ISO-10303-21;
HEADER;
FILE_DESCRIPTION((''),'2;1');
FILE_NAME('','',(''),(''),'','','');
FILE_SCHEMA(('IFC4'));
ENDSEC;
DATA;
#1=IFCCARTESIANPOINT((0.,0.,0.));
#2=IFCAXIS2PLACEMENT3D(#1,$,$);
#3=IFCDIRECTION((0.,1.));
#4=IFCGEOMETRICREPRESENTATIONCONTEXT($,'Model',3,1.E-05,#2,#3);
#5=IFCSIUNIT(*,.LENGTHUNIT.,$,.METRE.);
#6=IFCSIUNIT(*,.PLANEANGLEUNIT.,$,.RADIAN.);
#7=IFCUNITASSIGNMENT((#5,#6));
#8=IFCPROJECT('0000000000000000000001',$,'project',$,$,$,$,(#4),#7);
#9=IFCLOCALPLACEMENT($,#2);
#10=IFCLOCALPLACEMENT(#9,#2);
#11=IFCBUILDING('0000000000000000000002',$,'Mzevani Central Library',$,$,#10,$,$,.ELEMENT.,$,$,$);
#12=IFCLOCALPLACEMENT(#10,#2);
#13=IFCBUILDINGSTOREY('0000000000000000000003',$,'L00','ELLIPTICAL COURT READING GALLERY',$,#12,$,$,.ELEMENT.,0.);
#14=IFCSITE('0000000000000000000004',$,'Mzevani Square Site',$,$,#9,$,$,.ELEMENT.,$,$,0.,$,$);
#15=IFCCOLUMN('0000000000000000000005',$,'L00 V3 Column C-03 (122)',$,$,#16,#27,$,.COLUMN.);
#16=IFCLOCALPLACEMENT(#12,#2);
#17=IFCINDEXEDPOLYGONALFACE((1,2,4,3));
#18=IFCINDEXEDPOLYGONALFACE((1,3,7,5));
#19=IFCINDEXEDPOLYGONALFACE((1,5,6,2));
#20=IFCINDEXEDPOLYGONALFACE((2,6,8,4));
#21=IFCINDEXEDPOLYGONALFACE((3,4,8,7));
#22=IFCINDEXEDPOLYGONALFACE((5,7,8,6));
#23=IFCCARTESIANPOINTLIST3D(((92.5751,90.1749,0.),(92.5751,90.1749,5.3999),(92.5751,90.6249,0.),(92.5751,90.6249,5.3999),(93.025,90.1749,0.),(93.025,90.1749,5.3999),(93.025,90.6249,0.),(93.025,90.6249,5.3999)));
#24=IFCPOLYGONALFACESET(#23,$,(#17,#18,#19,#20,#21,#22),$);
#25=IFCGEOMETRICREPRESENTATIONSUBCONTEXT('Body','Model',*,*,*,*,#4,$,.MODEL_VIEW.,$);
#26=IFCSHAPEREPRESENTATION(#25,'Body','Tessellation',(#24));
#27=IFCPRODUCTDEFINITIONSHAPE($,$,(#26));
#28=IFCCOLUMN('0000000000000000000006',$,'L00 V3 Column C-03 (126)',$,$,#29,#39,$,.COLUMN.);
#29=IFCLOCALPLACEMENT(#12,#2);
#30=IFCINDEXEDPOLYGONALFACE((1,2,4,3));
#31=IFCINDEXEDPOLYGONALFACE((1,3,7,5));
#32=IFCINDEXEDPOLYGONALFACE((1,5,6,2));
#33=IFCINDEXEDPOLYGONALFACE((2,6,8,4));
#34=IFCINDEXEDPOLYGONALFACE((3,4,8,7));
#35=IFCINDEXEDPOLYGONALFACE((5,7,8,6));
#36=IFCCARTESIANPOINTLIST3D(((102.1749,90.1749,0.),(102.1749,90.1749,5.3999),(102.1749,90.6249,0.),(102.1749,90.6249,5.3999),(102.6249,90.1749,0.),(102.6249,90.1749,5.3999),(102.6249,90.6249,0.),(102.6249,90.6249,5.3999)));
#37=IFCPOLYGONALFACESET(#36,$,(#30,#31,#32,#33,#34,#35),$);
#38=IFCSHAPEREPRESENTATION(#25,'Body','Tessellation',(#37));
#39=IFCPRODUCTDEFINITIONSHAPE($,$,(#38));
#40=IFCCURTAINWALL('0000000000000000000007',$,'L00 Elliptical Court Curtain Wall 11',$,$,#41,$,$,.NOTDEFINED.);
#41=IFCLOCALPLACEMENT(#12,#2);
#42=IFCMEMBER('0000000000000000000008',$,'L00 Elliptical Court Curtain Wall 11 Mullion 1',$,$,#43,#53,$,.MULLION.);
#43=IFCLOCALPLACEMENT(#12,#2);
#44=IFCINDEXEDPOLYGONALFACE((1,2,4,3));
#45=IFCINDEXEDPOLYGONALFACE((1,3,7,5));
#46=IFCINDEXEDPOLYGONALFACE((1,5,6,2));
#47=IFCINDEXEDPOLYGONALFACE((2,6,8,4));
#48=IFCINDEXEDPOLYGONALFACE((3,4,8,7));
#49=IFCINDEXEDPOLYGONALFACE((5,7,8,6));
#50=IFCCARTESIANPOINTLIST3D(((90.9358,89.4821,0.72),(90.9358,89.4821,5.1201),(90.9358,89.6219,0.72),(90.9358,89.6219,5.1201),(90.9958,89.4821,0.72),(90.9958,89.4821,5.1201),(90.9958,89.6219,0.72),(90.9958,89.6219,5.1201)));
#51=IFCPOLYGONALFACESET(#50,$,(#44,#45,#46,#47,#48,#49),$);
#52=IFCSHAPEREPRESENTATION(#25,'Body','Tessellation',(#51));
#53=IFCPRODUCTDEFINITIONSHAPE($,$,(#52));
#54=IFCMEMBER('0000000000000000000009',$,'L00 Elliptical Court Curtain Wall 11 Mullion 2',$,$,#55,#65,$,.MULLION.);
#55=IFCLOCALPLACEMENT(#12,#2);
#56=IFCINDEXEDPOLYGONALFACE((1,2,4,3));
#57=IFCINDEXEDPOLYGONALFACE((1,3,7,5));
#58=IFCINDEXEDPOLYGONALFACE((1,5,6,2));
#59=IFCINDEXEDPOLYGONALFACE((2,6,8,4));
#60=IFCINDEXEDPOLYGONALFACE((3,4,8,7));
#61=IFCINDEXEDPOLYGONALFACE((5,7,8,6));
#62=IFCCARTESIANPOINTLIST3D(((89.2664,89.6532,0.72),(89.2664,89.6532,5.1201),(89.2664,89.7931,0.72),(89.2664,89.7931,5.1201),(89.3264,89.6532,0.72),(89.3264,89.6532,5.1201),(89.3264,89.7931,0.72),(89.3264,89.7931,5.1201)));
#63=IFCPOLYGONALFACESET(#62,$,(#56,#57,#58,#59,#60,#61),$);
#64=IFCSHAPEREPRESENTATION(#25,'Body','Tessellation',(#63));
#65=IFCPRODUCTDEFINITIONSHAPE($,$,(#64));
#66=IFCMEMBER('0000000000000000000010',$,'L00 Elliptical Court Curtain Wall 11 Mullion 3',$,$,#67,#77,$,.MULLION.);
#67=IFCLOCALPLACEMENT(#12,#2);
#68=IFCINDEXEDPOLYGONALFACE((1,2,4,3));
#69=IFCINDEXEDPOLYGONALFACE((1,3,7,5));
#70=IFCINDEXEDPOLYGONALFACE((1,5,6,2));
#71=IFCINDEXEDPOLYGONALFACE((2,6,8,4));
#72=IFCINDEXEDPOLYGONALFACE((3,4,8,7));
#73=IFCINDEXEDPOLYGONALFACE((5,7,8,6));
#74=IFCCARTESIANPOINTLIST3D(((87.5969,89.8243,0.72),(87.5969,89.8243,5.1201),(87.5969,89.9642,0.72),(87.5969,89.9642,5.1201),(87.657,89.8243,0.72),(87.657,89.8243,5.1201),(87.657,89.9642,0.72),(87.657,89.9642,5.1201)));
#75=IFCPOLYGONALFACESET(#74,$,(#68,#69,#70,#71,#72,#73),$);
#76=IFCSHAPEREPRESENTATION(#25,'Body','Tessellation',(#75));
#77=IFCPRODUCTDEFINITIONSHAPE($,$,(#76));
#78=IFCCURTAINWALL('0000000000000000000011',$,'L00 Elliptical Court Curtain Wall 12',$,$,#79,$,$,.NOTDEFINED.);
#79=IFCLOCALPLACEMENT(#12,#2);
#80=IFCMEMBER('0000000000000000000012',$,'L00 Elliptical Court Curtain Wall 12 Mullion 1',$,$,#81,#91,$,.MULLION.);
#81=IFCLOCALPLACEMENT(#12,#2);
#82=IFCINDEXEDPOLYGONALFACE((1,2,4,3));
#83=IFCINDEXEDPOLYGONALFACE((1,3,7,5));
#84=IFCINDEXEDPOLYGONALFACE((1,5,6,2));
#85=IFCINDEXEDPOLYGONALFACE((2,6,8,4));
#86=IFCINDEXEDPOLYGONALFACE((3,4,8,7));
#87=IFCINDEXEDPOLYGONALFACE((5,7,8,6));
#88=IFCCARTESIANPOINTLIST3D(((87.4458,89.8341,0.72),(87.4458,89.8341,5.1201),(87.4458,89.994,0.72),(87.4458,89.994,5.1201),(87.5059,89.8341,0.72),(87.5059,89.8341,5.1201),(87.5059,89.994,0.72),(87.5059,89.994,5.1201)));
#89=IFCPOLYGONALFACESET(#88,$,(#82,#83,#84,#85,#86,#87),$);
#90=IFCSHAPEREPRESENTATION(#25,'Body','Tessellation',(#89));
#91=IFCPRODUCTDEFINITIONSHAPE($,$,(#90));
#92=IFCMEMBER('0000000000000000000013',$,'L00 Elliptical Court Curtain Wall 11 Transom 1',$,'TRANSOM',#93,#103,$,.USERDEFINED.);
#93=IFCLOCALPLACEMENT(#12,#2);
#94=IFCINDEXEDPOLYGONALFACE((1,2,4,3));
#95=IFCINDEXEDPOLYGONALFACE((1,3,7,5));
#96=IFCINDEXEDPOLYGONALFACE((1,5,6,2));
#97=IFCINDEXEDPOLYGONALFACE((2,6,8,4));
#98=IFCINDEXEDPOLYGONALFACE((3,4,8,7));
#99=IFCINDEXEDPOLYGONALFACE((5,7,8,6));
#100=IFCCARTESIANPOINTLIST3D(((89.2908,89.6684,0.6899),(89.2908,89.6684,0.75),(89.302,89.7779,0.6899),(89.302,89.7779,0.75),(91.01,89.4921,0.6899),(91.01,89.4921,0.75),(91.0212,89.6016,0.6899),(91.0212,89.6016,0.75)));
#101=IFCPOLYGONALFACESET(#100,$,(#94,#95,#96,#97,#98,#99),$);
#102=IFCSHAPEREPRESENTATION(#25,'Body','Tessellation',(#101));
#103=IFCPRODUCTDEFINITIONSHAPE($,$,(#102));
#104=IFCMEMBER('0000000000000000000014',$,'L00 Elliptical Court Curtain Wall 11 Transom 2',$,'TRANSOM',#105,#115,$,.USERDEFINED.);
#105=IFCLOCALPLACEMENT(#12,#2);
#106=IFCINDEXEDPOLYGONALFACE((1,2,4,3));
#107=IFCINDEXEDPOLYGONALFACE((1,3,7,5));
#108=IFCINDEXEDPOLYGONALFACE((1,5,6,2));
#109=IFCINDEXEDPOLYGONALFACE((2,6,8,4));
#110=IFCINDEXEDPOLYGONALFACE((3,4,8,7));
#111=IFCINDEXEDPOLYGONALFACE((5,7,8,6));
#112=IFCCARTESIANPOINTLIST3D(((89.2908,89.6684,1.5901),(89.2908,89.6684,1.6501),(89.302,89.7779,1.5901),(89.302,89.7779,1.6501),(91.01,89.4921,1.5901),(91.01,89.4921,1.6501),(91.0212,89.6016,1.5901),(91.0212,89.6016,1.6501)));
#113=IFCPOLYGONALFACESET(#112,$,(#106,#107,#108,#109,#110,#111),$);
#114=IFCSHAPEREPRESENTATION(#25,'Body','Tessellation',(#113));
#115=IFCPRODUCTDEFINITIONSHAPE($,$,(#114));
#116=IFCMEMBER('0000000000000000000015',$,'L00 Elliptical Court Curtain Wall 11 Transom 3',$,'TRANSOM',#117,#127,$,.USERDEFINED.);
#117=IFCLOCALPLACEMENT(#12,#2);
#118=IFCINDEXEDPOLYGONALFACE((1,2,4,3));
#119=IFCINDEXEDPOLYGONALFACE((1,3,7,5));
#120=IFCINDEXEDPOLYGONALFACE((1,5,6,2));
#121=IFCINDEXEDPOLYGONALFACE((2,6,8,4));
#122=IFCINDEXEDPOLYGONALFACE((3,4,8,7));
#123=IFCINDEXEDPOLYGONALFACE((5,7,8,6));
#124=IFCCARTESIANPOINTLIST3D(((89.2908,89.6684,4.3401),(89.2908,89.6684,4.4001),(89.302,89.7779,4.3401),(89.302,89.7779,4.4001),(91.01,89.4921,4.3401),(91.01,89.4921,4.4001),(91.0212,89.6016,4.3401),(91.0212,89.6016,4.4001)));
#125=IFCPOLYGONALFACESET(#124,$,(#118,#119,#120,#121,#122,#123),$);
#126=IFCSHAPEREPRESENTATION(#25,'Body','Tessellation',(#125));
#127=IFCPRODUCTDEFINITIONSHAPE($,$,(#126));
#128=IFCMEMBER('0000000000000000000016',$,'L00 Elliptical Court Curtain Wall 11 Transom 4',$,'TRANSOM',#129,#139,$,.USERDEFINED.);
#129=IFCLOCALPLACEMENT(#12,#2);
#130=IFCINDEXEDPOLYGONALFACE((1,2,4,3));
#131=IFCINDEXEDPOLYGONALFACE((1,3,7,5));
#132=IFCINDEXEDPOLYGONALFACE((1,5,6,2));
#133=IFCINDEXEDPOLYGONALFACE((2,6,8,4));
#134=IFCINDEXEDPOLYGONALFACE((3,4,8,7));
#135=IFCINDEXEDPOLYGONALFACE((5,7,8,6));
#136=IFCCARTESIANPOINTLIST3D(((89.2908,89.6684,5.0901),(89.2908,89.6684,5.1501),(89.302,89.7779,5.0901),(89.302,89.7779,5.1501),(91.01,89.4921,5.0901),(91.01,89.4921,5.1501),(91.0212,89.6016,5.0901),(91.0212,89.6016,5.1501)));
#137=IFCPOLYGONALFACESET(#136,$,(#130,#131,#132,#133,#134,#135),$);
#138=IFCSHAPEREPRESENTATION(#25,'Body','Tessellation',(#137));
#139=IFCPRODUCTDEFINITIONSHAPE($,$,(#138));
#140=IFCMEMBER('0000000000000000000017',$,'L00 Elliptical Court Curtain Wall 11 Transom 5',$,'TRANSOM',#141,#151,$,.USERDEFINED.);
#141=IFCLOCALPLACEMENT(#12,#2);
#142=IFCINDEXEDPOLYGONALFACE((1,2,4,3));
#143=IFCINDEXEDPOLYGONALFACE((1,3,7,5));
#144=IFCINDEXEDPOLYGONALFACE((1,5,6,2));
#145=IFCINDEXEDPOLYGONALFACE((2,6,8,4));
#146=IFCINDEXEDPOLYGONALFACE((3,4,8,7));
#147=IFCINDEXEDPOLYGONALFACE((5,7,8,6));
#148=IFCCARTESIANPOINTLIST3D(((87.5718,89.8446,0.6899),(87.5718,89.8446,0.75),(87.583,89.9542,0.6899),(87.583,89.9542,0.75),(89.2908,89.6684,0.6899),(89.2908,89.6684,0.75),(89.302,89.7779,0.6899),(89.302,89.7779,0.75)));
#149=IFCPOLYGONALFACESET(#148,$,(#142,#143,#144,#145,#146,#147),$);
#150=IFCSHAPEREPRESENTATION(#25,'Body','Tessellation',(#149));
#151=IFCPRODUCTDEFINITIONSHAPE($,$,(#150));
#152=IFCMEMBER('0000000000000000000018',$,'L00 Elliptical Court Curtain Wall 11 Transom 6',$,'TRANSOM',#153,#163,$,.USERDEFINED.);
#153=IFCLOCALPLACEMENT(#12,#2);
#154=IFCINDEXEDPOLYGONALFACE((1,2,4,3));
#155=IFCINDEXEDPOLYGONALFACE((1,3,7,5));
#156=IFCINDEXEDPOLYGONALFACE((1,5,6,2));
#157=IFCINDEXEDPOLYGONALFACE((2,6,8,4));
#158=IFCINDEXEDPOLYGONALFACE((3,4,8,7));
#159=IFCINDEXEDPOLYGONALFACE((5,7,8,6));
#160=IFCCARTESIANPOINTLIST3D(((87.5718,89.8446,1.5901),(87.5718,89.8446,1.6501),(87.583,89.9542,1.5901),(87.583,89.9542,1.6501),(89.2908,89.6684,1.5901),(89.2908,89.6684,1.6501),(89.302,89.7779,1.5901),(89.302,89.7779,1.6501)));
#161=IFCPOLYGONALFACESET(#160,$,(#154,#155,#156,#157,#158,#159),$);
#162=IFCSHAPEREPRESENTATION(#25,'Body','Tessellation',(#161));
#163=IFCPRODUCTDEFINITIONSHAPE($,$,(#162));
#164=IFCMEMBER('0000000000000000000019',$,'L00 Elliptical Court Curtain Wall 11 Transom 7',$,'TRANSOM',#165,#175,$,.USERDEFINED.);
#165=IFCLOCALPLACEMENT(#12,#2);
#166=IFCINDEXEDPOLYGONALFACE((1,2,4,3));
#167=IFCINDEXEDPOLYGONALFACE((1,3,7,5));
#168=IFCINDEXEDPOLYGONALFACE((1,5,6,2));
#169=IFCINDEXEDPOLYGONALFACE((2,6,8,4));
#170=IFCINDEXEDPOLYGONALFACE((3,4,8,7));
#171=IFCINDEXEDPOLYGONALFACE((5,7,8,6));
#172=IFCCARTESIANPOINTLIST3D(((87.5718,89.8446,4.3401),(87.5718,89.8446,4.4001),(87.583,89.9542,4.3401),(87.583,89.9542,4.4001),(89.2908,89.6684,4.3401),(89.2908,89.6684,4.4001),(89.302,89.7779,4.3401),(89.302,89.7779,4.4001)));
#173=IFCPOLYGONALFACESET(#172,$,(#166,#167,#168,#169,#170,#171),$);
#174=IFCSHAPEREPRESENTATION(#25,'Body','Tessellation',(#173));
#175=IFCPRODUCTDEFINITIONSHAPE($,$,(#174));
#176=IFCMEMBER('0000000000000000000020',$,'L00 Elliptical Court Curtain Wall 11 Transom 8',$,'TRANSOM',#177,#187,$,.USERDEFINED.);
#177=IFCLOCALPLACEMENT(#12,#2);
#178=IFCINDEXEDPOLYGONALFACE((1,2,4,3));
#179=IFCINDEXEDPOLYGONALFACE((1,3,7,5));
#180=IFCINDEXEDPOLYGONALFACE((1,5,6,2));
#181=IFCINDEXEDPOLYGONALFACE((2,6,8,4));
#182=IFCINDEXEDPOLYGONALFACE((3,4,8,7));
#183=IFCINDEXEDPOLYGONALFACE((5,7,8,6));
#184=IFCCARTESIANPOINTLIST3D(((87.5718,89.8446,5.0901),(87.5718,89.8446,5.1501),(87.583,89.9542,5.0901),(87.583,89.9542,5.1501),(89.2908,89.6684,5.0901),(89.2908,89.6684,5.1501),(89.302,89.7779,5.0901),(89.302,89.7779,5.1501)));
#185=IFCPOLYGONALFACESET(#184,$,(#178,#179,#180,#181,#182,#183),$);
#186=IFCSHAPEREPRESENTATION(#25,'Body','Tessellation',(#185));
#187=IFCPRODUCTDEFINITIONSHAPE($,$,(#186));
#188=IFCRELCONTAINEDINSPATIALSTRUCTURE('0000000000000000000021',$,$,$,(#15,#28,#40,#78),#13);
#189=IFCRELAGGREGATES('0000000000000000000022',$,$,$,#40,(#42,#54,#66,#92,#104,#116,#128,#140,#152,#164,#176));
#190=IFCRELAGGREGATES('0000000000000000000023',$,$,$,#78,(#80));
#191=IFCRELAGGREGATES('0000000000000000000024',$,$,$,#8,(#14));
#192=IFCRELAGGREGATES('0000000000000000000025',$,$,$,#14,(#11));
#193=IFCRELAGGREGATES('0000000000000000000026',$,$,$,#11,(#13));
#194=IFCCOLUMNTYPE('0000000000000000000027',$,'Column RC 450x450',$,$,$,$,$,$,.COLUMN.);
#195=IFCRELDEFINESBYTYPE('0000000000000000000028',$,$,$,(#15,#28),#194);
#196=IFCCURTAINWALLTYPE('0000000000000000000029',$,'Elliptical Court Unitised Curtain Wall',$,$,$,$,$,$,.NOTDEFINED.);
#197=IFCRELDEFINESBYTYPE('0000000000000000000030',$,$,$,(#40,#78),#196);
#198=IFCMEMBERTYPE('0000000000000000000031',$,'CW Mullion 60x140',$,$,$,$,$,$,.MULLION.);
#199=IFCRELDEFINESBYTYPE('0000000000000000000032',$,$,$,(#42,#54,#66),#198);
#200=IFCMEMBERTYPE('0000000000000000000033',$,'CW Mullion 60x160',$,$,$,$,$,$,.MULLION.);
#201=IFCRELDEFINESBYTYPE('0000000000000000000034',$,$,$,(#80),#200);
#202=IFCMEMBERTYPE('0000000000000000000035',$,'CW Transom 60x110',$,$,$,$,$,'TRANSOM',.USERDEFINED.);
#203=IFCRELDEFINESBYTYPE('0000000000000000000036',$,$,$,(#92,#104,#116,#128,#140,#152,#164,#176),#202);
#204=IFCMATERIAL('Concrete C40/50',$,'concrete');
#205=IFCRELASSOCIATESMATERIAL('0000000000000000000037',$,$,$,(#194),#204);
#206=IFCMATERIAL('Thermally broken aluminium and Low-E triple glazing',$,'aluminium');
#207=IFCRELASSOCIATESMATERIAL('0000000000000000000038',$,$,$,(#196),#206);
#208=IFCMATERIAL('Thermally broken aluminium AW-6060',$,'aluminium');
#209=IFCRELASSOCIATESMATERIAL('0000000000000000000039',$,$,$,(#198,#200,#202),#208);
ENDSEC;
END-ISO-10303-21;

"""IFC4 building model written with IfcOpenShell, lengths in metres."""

from ifc_helpers import new_model, si_unit, direction, frame, origin, origin_2d, place, context, subcontext, project, spatial, rectangle, extrude, material, material_profile, profile_set, type_object, element, aggregate, save


model = new_model("IFC4")

# Units and contexts
model_context = context("Model", 3, precision=1e-05, world=origin(), true_north=direction((0.0, 1.0)))
body_context = subcontext(model_context, "Body", "Model", "MODEL_VIEW")
ifc_project = project(units=[si_unit("LENGTHUNIT", "METRE"), si_unit("PLANEANGLEUNIT", "RADIAN")], contexts=[model_context])

# Site, building, storey
site_placement = place(None, origin())
site = spatial("IfcSite", under=ifc_project, at=site_placement, Name="Mzevani Square Site", CompositionType="ELEMENT", RefElevation=0.0)
building_placement = place(site_placement, origin())
building = spatial("IfcBuilding", under=site, at=building_placement, Name="Mzevani Central Library", CompositionType="ELEMENT")
storey_placement = place(building_placement, origin())
storey = spatial("IfcBuildingStorey", under=building, at=storey_placement, Name="L00", Description="ELLIPTICAL COURT READING GALLERY", CompositionType="ELEMENT", Elevation=0.0)

# Columns
ifc_material_1 = material(Name="Concrete C40/50", Category="concrete")
ifc_material_profile_1 = material_profile(ifc_material_1, rectangle(XDim=0.45, YDim=0.45, at=origin_2d()), Name="RC 450x450")
ifc_profile_set_1 = profile_set([ifc_material_profile_1], Name="Concrete C40/50")
column_type = type_object("IfcColumnType", Name="Column RC 450x450", PredefinedType="COLUMN", material=ifc_profile_set_1)
for number, where, z_axis, x_axis, name in (
    (1, (92.8, 90.3999, 0.0), (0.0, 0.0, 1.0), (1.0, 0.0, 0.0), "L00 V3 Column C-03 (122)"),
    (2, (102.3999, 90.3999, 0.0), (0.0, 0.0, 1.0), (1.0, 0.0, 0.0), "L00 V3 Column C-03 (126)"),
):
    element("IfcColumn", number, at=place(storey_placement, frame(where, z_axis=z_axis, x_axis=x_axis)), inside=storey, type_object=column_type, Name=name, PredefinedType="COLUMN", context=body_context, shape_type="SweptSolid", body=[
        extrude(rectangle(XDim=0.45, YDim=0.45, at=origin_2d()), origin(), (0.0, 0.0, 1.0), 5.3999),
    ])

# Curtain wall, members
ifc_material_2 = material(Name="Thermally broken aluminium and Low-E triple glazing", Category="aluminium")
curtain_wall_type = type_object("IfcCurtainWallType", Name="Elliptical Court Unitised Curtain Wall", PredefinedType="NOTDEFINED", material=ifc_material_2)
curtain_wall_1_placement = place(storey_placement, origin())
curtain_wall_1 = element("IfcCurtainWall", 3, at=curtain_wall_1_placement, inside=storey, type_object=curtain_wall_type, Name="L00 Elliptical Court Curtain Wall 11", PredefinedType="NOTDEFINED")
ifc_material_3 = material(Name="Thermally broken aluminium AW-6060", Category="aluminium")
ifc_material_profile_2 = material_profile(ifc_material_3, rectangle(XDim=0.0601, YDim=0.1399, at=origin_2d()), Name="ALU M60x140")
ifc_profile_set_2 = profile_set([ifc_material_profile_2], Name="Thermally broken aluminium AW-6060")
member_type_1 = type_object("IfcMemberType", Name="CW Mullion 60x140", PredefinedType="MULLION", material=ifc_profile_set_2)
member_1_placement = place(storey_placement, frame((90.9658, 89.552, 0.72), z_axis=(0.0, 0.0, 1.0), x_axis=(1.0, 0.0, 0.0)))
member_1 = element("IfcMember", 4, at=member_1_placement, type_object=member_type_1, Name="L00 Elliptical Court Curtain Wall 11 Mullion 1", PredefinedType="MULLION", context=body_context, shape_type="SweptSolid", body=[
    extrude(rectangle(XDim=0.0601, YDim=0.1399, at=origin_2d()), origin(), (0.0, 0.0, 1.0), 4.4001),
])
member_2_placement = place(storey_placement, frame((89.2964, 89.7231, 0.72), z_axis=(0.0, 0.0, 1.0), x_axis=(1.0, 0.0, 0.0)))
member_2 = element("IfcMember", 5, at=member_2_placement, type_object=member_type_1, Name="L00 Elliptical Court Curtain Wall 11 Mullion 2", PredefinedType="MULLION", context=body_context, shape_type="SweptSolid", body=[
    extrude(rectangle(XDim=0.0601, YDim=0.1399, at=origin_2d()), origin(), (0.0, 0.0, 1.0), 4.4001),
])
member_3_placement = place(storey_placement, frame((87.627, 89.8943, 0.72), z_axis=(0.0, 0.0, 1.0), x_axis=(1.0, 0.0, 0.0)))
member_3 = element("IfcMember", 6, at=member_3_placement, type_object=member_type_1, Name="L00 Elliptical Court Curtain Wall 11 Mullion 3", PredefinedType="MULLION", context=body_context, shape_type="SweptSolid", body=[
    extrude(rectangle(XDim=0.0601, YDim=0.1399, at=origin_2d()), origin(), (0.0, 0.0, 1.0), 4.4001),
])

# Curtain wall, member
curtain_wall_2_placement = place(storey_placement, origin())
curtain_wall_2 = element("IfcCurtainWall", 7, at=curtain_wall_2_placement, inside=storey, type_object=curtain_wall_type, Name="L00 Elliptical Court Curtain Wall 12", PredefinedType="NOTDEFINED")
ifc_material_profile_3 = material_profile(ifc_material_3, rectangle(XDim=0.0601, YDim=0.1599, at=origin_2d()), Name="ALU M60x160")
ifc_profile_set_3 = profile_set([ifc_material_profile_3], Name="Thermally broken aluminium AW-6060")
member_type_2 = type_object("IfcMemberType", Name="CW Mullion 60x160", PredefinedType="MULLION", material=ifc_profile_set_3)
member_4_placement = place(storey_placement, frame((87.4758, 89.9141, 0.72), z_axis=(0.0, 0.0, 1.0), x_axis=(1.0, 0.0, 0.0)))
member_4 = element("IfcMember", 8, at=member_4_placement, type_object=member_type_2, Name="L00 Elliptical Court Curtain Wall 12 Mullion 1", PredefinedType="MULLION", context=body_context, shape_type="SweptSolid", body=[
    extrude(rectangle(XDim=0.0601, YDim=0.1599, at=origin_2d()), origin(), (0.0, 0.0, 1.0), 4.4001),
])

# Members
ifc_material_profile_4 = material_profile(ifc_material_3, rectangle(XDim=0.1101, YDim=0.0601, at=origin_2d()), Name="ALU T60x110")
ifc_profile_set_4 = profile_set([ifc_material_profile_4], Name="Thermally broken aluminium AW-6060")
member_type_3 = type_object("IfcMemberType", Name="CW Transom 60x110", ElementType="TRANSOM", PredefinedType="USERDEFINED", material=ifc_profile_set_4)
member_5_placement = place(storey_placement, frame((91.0156, 89.5469, 0.72), z_axis=(-0.994785, 0.101993, 0.0), x_axis=(-0.101993, -0.994785, 0.0)))
member_5 = element("IfcMember", 9, at=member_5_placement, type_object=member_type_3, Name="L00 Elliptical Court Curtain Wall 11 Transom 1", ObjectType="TRANSOM", PredefinedType="USERDEFINED", context=body_context, shape_type="SweptSolid", body=[
    extrude(rectangle(XDim=0.1101, YDim=0.0601, at=origin_2d()), origin(), (0.0, 0.0, 1.0), 1.7283),
])
member_6_placement = place(storey_placement, frame((91.0156, 89.5469, 1.6201), z_axis=(-0.994785, 0.101993, 0.0), x_axis=(-0.101993, -0.994785, 0.0)))
member_6 = element("IfcMember", 10, at=member_6_placement, type_object=member_type_3, Name="L00 Elliptical Court Curtain Wall 11 Transom 2", ObjectType="TRANSOM", PredefinedType="USERDEFINED", context=body_context, shape_type="SweptSolid", body=[
    extrude(rectangle(XDim=0.1101, YDim=0.0601, at=origin_2d()), origin(), (0.0, 0.0, 1.0), 1.7283),
])
member_7_placement = place(storey_placement, frame((91.0156, 89.5469, 4.3701), z_axis=(-0.994785, 0.101993, 0.0), x_axis=(-0.101993, -0.994785, 0.0)))
member_7 = element("IfcMember", 11, at=member_7_placement, type_object=member_type_3, Name="L00 Elliptical Court Curtain Wall 11 Transom 3", ObjectType="TRANSOM", PredefinedType="USERDEFINED", context=body_context, shape_type="SweptSolid", body=[
    extrude(rectangle(XDim=0.1101, YDim=0.0601, at=origin_2d()), origin(), (0.0, 0.0, 1.0), 1.7283),
])
member_8_placement = place(storey_placement, frame((91.0156, 89.5469, 5.1201), z_axis=(-0.994785, 0.101993, 0.0), x_axis=(-0.101993, -0.994785, 0.0)))
member_8 = element("IfcMember", 12, at=member_8_placement, type_object=member_type_3, Name="L00 Elliptical Court Curtain Wall 11 Transom 4", ObjectType="TRANSOM", PredefinedType="USERDEFINED", context=body_context, shape_type="SweptSolid", body=[
    extrude(rectangle(XDim=0.1101, YDim=0.0601, at=origin_2d()), origin(), (0.0, 0.0, 1.0), 1.7283),
])
member_9_placement = place(storey_placement, frame((89.2964, 89.7231, 0.72), z_axis=(-0.994784, 0.102007, 0.0), x_axis=(-0.102007, -0.994784, 0.0)))
member_9 = element("IfcMember", 13, at=member_9_placement, type_object=member_type_3, Name="L00 Elliptical Court Curtain Wall 11 Transom 5", ObjectType="TRANSOM", PredefinedType="USERDEFINED", context=body_context, shape_type="SweptSolid", body=[
    extrude(rectangle(XDim=0.1101, YDim=0.0601, at=origin_2d()), origin(), (0.0, 0.0, 1.0), 1.728),
])
member_10_placement = place(storey_placement, frame((89.2964, 89.7231, 1.6201), z_axis=(-0.994784, 0.102007, 0.0), x_axis=(-0.102007, -0.994784, 0.0)))
member_10 = element("IfcMember", 14, at=member_10_placement, type_object=member_type_3, Name="L00 Elliptical Court Curtain Wall 11 Transom 6", ObjectType="TRANSOM", PredefinedType="USERDEFINED", context=body_context, shape_type="SweptSolid", body=[
    extrude(rectangle(XDim=0.1101, YDim=0.0601, at=origin_2d()), origin(), (0.0, 0.0, 1.0), 1.728),
])
member_11_placement = place(storey_placement, frame((89.2964, 89.7231, 4.3701), z_axis=(-0.994784, 0.102007, 0.0), x_axis=(-0.102007, -0.994784, 0.0)))
member_11 = element("IfcMember", 15, at=member_11_placement, type_object=member_type_3, Name="L00 Elliptical Court Curtain Wall 11 Transom 7", ObjectType="TRANSOM", PredefinedType="USERDEFINED", context=body_context, shape_type="SweptSolid", body=[
    extrude(rectangle(XDim=0.1101, YDim=0.0601, at=origin_2d()), origin(), (0.0, 0.0, 1.0), 1.728),
])
member_12_placement = place(storey_placement, frame((89.2964, 89.7231, 5.1201), z_axis=(-0.994784, 0.102007, 0.0), x_axis=(-0.102007, -0.994784, 0.0)))
member_12 = element("IfcMember", 16, at=member_12_placement, type_object=member_type_3, Name="L00 Elliptical Court Curtain Wall 11 Transom 8", ObjectType="TRANSOM", PredefinedType="USERDEFINED", context=body_context, shape_type="SweptSolid", body=[
    extrude(rectangle(XDim=0.1101, YDim=0.0601, at=origin_2d()), origin(), (0.0, 0.0, 1.0), 1.728),
])

aggregate(curtain_wall_1, [member_1, member_2, member_3, member_5, member_6, member_7, member_8, member_9, member_10, member_11, member_12])
aggregate(curtain_wall_2, [member_4])

save(model, "model.ifc")
